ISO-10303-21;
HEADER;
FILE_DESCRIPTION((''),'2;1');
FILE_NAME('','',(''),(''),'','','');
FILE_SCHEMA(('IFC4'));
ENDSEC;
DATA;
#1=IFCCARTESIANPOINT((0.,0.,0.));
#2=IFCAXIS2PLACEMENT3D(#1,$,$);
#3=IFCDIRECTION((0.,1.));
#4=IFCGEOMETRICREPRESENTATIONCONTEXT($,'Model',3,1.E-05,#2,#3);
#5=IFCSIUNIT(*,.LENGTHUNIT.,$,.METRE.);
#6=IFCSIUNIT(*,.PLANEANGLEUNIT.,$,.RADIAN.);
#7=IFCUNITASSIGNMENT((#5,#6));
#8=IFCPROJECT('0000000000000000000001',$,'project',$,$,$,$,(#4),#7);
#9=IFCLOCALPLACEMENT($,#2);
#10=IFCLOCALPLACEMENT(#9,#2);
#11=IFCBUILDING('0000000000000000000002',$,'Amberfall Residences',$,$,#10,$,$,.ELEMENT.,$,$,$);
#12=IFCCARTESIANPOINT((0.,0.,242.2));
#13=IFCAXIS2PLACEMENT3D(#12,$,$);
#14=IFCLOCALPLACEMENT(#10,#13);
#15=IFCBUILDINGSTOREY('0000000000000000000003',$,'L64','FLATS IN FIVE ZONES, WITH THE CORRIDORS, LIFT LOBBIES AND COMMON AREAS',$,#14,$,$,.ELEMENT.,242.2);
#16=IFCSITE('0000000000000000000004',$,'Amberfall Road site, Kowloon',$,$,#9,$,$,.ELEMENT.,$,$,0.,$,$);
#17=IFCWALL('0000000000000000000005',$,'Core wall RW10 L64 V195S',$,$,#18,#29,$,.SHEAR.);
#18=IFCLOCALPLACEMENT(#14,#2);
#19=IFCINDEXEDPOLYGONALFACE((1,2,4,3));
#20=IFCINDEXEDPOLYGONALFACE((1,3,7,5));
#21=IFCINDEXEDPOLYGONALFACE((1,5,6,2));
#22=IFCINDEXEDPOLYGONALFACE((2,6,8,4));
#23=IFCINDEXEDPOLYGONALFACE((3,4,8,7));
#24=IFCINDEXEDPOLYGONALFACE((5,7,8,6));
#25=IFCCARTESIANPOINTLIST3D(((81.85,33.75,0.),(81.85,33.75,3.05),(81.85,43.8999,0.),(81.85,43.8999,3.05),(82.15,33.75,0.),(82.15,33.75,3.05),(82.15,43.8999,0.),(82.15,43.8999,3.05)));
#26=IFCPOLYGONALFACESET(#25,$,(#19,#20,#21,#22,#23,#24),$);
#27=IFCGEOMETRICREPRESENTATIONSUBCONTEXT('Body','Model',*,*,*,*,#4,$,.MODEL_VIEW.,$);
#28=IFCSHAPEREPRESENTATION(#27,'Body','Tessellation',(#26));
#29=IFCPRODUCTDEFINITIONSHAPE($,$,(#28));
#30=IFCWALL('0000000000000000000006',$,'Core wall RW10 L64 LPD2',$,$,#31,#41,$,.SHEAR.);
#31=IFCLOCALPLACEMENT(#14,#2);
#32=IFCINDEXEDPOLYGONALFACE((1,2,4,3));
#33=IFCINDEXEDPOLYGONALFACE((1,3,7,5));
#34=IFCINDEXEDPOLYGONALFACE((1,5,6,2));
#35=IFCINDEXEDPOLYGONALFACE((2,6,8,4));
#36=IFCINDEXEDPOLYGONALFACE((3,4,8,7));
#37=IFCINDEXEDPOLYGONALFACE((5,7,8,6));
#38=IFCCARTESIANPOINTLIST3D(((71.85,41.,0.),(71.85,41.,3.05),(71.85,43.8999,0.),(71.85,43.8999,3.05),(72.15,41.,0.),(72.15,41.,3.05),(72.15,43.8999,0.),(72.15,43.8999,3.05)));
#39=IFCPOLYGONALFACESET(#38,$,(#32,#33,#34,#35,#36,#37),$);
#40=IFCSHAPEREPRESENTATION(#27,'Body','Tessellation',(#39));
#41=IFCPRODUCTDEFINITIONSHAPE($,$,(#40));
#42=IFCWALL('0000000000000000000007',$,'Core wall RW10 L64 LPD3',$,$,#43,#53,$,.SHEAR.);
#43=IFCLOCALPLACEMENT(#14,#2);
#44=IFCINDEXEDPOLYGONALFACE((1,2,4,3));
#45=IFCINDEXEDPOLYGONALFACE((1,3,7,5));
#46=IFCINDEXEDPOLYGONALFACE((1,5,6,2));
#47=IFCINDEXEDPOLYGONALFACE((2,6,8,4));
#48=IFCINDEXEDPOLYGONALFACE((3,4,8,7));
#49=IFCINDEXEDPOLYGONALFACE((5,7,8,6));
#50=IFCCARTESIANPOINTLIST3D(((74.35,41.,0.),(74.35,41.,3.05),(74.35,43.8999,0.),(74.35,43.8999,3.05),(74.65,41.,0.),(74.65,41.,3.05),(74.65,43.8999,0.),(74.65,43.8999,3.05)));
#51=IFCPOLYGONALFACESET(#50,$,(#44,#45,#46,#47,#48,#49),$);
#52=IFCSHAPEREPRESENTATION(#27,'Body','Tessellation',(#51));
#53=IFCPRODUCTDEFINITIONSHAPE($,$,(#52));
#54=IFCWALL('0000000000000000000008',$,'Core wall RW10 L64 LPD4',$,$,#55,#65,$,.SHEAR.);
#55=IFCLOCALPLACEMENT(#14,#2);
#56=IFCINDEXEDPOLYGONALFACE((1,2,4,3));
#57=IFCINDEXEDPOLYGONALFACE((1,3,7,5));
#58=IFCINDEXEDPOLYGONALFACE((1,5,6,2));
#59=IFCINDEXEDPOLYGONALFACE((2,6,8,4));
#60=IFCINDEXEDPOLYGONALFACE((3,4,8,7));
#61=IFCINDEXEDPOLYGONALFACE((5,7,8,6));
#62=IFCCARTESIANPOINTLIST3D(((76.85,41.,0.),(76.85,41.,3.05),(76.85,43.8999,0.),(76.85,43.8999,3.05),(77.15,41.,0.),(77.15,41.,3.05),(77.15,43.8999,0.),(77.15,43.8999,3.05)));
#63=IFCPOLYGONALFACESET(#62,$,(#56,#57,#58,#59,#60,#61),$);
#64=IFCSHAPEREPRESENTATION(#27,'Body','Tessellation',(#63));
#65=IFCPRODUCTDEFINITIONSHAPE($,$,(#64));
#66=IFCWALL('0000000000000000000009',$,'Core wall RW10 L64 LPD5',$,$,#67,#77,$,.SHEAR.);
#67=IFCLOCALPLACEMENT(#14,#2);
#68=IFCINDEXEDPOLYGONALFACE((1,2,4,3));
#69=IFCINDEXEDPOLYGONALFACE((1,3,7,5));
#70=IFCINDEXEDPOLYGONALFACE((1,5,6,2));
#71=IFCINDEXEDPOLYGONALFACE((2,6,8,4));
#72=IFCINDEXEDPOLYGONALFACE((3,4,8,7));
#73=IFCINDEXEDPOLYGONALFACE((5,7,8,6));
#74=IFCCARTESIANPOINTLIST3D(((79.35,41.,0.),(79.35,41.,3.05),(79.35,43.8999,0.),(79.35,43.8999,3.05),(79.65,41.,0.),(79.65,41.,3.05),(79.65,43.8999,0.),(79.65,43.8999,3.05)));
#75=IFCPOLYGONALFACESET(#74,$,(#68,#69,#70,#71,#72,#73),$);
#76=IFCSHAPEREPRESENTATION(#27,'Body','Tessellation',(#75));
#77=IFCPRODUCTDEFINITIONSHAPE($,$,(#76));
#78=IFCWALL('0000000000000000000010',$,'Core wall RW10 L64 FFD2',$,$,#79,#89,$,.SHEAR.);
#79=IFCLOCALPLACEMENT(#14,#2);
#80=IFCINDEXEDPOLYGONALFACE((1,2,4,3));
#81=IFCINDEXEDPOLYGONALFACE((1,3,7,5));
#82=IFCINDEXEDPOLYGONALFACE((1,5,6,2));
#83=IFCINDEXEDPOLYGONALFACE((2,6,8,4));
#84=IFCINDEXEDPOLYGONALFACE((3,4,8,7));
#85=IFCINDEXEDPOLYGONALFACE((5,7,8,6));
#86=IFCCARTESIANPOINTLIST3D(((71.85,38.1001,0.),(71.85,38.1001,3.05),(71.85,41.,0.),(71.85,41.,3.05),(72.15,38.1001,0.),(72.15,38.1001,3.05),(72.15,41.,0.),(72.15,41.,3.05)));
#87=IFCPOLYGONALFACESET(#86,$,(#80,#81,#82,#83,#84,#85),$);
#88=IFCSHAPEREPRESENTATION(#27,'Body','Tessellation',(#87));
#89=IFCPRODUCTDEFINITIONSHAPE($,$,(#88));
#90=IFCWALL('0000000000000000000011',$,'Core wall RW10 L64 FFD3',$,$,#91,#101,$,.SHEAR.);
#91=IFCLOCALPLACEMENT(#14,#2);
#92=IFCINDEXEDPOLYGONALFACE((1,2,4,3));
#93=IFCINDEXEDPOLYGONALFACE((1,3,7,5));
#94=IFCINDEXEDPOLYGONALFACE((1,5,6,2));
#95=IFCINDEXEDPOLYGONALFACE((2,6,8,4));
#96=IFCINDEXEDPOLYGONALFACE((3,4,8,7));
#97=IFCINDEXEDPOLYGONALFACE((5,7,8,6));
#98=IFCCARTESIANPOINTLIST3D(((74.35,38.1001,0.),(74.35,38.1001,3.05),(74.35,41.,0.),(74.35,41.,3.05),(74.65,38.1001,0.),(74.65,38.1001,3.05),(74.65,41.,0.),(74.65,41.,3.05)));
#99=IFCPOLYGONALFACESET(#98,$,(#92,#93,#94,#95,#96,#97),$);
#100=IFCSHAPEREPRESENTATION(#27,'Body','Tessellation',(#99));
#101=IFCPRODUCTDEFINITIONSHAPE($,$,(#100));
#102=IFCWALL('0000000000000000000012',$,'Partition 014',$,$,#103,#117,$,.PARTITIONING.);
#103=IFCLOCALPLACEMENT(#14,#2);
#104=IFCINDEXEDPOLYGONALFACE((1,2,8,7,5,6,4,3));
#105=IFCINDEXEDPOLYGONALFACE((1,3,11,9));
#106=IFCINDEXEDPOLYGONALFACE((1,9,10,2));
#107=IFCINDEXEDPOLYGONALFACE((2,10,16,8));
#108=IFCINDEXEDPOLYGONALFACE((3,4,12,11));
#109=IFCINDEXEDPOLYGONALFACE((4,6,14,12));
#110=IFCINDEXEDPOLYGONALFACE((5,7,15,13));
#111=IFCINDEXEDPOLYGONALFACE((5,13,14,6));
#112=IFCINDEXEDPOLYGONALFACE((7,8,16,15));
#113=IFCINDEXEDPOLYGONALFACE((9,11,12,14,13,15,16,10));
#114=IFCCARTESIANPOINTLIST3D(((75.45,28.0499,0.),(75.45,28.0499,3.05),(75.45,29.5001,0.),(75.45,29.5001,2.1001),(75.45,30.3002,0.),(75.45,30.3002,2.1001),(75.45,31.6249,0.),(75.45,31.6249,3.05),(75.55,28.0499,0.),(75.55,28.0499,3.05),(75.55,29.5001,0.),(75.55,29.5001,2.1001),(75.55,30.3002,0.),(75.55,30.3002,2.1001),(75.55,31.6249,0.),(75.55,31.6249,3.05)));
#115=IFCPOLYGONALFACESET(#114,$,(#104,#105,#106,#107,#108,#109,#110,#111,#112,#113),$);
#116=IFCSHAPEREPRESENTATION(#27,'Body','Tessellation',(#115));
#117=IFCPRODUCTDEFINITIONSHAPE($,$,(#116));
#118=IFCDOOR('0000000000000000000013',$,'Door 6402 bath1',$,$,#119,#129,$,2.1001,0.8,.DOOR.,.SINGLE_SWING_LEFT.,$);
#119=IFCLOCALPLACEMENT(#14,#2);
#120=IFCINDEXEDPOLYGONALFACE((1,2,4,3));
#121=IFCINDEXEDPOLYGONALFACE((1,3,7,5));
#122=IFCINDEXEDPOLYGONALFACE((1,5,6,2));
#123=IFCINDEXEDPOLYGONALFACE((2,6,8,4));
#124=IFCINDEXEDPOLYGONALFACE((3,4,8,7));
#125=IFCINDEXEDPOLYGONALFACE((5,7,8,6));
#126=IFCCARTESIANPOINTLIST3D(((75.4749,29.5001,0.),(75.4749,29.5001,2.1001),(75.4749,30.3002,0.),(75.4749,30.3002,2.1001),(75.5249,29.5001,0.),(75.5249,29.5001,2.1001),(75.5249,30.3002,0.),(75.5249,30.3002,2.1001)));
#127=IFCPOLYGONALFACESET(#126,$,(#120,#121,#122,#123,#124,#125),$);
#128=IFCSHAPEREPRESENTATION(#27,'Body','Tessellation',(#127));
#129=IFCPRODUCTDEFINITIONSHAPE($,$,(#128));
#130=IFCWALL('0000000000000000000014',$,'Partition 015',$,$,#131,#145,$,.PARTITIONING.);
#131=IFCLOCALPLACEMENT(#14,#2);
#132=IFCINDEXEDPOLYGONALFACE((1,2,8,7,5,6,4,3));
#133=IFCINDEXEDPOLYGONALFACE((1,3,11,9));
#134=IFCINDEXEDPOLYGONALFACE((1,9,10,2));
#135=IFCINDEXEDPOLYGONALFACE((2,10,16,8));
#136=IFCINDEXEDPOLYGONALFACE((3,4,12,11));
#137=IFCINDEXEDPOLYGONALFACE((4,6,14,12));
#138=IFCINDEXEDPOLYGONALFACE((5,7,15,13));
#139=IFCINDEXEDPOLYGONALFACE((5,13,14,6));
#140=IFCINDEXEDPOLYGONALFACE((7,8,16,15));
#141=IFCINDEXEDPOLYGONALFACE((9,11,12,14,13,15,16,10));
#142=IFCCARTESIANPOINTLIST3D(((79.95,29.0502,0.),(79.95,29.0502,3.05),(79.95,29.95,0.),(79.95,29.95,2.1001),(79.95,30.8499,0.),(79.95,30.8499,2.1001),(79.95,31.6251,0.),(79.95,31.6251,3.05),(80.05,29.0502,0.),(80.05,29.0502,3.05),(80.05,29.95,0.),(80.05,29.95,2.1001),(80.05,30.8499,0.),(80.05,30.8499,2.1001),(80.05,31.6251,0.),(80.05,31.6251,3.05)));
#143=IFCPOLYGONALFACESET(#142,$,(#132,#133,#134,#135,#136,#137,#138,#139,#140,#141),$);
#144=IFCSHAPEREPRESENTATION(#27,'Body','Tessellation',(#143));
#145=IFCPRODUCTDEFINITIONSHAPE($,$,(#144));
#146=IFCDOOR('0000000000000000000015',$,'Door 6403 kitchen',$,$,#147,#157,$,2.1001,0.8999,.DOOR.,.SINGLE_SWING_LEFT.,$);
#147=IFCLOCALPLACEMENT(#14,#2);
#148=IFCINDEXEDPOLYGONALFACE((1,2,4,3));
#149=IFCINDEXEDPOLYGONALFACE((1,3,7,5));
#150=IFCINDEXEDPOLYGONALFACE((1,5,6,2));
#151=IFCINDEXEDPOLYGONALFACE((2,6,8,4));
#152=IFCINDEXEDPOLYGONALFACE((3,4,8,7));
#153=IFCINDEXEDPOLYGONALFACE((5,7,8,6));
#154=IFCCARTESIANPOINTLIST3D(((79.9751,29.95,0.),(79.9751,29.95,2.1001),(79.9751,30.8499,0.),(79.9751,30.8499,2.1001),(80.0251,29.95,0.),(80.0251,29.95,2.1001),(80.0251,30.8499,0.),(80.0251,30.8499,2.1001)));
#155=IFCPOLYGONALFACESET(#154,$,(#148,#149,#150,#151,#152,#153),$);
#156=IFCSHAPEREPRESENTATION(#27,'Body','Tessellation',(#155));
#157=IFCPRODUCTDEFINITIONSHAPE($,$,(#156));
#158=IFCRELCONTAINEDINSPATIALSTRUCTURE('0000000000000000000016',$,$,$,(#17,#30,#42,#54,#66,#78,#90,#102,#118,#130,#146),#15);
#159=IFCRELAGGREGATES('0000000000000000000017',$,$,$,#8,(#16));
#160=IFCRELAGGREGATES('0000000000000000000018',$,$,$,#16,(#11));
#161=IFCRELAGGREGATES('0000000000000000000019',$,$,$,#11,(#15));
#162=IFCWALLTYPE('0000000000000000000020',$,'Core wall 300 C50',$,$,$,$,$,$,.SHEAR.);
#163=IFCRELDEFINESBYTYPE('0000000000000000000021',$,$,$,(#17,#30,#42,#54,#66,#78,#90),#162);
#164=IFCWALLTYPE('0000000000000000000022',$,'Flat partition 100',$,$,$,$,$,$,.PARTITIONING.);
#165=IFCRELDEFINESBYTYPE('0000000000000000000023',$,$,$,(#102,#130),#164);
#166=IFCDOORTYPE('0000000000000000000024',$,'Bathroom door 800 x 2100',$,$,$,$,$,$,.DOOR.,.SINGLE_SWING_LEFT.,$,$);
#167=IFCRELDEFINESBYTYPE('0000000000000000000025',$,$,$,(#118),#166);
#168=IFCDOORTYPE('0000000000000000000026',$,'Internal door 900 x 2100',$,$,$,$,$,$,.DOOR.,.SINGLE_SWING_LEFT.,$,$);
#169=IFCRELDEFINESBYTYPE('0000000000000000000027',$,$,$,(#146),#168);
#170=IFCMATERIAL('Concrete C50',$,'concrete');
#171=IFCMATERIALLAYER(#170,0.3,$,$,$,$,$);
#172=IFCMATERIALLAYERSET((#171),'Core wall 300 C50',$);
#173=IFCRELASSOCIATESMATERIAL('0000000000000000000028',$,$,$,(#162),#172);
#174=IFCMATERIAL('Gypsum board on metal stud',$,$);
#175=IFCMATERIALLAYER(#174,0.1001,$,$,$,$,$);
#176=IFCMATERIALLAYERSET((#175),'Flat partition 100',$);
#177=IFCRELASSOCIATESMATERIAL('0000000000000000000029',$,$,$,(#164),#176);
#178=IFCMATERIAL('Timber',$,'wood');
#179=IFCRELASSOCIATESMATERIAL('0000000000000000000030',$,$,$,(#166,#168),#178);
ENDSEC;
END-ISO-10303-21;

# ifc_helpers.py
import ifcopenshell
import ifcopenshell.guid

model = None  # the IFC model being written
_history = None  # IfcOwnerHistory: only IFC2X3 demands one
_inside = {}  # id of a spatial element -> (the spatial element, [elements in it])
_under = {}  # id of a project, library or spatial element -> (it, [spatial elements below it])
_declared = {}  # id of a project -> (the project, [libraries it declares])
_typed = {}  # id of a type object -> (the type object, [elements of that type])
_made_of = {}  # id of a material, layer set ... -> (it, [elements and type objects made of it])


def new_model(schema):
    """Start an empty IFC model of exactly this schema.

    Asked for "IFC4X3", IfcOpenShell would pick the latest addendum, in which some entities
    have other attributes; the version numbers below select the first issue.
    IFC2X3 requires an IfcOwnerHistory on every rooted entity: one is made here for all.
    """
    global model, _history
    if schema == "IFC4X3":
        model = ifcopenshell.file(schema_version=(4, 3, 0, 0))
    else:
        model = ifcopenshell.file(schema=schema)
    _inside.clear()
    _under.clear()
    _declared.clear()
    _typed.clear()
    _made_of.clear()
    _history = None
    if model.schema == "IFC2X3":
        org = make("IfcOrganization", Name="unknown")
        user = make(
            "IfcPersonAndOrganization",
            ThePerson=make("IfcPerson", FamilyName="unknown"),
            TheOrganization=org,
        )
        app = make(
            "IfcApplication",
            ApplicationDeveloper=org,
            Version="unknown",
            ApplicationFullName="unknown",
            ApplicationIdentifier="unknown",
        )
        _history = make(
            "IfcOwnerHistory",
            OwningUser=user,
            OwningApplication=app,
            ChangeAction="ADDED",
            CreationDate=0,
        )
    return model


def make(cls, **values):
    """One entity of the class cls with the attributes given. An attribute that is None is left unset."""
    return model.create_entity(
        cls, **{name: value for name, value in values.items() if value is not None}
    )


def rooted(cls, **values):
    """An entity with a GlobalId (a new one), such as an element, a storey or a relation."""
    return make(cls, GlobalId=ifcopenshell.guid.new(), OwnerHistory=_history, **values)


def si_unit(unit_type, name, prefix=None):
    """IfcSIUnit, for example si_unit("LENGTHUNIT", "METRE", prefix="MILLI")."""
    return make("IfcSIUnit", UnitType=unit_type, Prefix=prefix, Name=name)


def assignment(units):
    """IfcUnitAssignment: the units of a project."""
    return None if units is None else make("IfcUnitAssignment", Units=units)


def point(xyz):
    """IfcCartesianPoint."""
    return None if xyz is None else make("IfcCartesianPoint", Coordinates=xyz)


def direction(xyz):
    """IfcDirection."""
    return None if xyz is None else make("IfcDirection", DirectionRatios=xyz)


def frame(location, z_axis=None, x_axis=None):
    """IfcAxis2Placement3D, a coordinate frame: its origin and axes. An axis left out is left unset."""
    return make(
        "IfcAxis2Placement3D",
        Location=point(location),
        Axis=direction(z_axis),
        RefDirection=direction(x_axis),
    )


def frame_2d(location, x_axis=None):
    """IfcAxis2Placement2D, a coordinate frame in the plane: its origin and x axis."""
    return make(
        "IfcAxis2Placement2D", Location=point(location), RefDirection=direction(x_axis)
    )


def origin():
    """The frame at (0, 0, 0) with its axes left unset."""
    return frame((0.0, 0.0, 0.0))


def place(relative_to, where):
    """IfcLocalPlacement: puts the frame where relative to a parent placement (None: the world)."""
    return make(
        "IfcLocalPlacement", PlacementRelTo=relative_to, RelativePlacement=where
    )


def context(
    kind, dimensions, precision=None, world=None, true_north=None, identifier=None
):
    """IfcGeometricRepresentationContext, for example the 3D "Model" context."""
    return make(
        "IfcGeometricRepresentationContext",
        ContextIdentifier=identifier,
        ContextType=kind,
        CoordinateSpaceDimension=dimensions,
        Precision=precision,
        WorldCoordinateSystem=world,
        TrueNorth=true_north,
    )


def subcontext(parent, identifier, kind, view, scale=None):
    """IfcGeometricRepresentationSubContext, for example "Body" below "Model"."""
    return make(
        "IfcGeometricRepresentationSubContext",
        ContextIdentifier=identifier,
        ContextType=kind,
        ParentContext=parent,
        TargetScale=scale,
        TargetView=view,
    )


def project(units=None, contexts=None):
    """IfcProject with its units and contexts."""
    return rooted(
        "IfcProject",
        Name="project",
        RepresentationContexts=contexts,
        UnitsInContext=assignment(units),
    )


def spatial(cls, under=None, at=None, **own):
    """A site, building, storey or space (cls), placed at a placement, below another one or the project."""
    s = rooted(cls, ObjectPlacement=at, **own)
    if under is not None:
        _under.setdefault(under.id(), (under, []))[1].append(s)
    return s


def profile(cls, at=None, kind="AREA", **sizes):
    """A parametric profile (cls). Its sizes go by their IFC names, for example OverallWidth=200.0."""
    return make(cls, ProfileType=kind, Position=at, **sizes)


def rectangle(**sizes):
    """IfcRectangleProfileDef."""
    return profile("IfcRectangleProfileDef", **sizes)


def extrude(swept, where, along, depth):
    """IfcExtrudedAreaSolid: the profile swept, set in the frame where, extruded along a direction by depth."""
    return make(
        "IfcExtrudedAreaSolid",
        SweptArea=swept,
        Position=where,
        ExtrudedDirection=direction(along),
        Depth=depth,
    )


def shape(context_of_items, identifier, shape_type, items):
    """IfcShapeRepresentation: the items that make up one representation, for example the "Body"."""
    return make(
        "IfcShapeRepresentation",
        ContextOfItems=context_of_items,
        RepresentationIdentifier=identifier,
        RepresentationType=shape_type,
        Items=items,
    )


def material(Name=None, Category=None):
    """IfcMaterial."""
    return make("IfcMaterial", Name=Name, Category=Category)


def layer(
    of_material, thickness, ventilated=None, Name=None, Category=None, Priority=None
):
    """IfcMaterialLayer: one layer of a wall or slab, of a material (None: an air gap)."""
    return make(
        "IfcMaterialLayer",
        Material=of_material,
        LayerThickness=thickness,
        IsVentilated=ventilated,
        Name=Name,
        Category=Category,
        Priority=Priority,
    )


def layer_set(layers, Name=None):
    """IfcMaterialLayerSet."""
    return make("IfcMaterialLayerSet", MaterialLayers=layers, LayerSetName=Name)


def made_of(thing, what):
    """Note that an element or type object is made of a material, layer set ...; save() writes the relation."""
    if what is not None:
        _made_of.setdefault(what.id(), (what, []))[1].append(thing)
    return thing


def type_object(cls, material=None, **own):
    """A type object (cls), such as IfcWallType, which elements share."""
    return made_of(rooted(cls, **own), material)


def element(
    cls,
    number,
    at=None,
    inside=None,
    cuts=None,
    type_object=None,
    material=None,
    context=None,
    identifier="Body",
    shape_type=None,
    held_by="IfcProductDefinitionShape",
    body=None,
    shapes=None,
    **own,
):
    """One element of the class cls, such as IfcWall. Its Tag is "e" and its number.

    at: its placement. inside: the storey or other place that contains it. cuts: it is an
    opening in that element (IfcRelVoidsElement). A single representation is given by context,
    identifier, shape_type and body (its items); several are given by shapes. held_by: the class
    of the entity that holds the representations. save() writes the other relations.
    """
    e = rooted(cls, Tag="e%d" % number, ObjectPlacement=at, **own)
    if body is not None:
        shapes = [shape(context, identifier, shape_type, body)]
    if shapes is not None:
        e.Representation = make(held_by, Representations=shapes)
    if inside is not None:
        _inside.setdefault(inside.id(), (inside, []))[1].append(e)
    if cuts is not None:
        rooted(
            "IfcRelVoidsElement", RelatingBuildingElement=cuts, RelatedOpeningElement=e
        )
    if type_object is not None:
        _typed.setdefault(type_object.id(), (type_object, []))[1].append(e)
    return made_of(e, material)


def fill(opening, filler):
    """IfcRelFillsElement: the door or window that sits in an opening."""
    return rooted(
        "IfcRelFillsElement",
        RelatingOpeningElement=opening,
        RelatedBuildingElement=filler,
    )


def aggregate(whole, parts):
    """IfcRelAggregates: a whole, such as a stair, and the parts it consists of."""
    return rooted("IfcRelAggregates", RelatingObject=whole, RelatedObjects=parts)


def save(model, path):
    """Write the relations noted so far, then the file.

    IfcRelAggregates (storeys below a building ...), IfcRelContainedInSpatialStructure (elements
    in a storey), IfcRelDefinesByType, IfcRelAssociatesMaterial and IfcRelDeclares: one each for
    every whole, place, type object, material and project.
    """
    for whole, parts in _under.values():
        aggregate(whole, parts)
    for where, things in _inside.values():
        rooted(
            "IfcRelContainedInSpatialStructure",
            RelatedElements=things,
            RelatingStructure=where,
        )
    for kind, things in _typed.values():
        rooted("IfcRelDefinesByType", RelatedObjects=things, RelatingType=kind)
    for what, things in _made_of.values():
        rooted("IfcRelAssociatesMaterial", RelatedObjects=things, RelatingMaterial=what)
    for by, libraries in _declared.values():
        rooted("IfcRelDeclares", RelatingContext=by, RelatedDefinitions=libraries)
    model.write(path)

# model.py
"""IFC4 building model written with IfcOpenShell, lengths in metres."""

from ifc_helpers import new_model, si_unit, direction, frame, frame_2d, origin, place, context, subcontext, project, spatial, rectangle, extrude, material, layer, layer_set, type_object, element, fill, save


model = new_model("IFC4")

# Units and contexts
model_context = context("Model", 3, precision=1e-05, world=origin(), true_north=direction((0.0, 1.0)))
body_context = subcontext(model_context, "Body", "Model", "MODEL_VIEW")
ifc_project = project(units=[si_unit("LENGTHUNIT", "METRE"), si_unit("PLANEANGLEUNIT", "RADIAN")], contexts=[model_context])

# Site, building, storey
site_placement = place(None, origin())
site = spatial("IfcSite", under=ifc_project, at=site_placement, Name="Amberfall Road site, Kowloon", CompositionType="ELEMENT", RefElevation=0.0)
building_placement = place(site_placement, origin())
building = spatial("IfcBuilding", under=site, at=building_placement, Name="Amberfall Residences", CompositionType="ELEMENT")
storey_placement = place(building_placement, frame((0.0, 0.0, 242.2)))
storey = spatial("IfcBuildingStorey", under=building, at=storey_placement, Name="L64", Description="FLATS IN FIVE ZONES, WITH THE CORRIDORS, LIFT LOBBIES AND COMMON AREAS", CompositionType="ELEMENT", Elevation=242.2)

# Walls
ifc_material_1 = material(Name="Concrete C50", Category="concrete")
ifc_layer_1 = layer(ifc_material_1, 0.3)
ifc_layer_set_1 = layer_set([ifc_layer_1], Name="Core wall 300 C50")
wall_type_1 = type_object("IfcWallType", Name="Core wall 300 C50", PredefinedType="SHEAR", material=ifc_layer_set_1)
wall_1_placement = place(storey_placement, frame((82.0, 33.75, 0.0), z_axis=(0.0, 0.0, 1.0), x_axis=(0.0, 1.0, 0.0)))
element("IfcWall", 1, at=wall_1_placement, inside=storey, type_object=wall_type_1, Name="Core wall RW10 L64 V195S", PredefinedType="SHEAR", context=body_context, shape_type="SweptSolid", body=[
    extrude(rectangle(XDim=10.1499, YDim=0.3, at=frame_2d((5.075, 0.0))), origin(), (0.0, 0.0, 1.0), 3.05),
])
for number, where, z_axis, x_axis, name in (
    (2, (72.0, 41.0, 0.0), (0.0, 0.0, 1.0), (0.0, 1.0, 0.0), "Core wall RW10 L64 LPD2"),
    (3, (74.5, 41.0, 0.0), (0.0, 0.0, 1.0), (0.0, 1.0, 0.0), "Core wall RW10 L64 LPD3"),
    (4, (77.0, 41.0, 0.0), (0.0, 0.0, 1.0), (0.0, 1.0, 0.0), "Core wall RW10 L64 LPD4"),
    (5, (79.5, 41.0, 0.0), (0.0, 0.0, 1.0), (0.0, 1.0, 0.0), "Core wall RW10 L64 LPD5"),
    (6, (72.0, 38.1001, 0.0), (0.0, 0.0, 1.0), (0.0, 1.0, 0.0), "Core wall RW10 L64 FFD2"),
    (7, (74.5, 38.1001, 0.0), (0.0, 0.0, 1.0), (0.0, 1.0, 0.0), "Core wall RW10 L64 FFD3"),
):
    element("IfcWall", number, at=place(storey_placement, frame(where, z_axis=z_axis, x_axis=x_axis)), inside=storey, type_object=wall_type_1, Name=name, PredefinedType="SHEAR", context=body_context, shape_type="SweptSolid", body=[
        extrude(rectangle(XDim=2.8999, YDim=0.3, at=frame_2d((1.45, 0.0))), origin(), (0.0, 0.0, 1.0), 3.05),
    ])

# Walls, openings, doors
ifc_material_2 = material(Name="Gypsum board on metal stud")
ifc_layer_2 = layer(ifc_material_2, 0.1001)
ifc_layer_set_2 = layer_set([ifc_layer_2], Name="Flat partition 100")
wall_type_2 = type_object("IfcWallType", Name="Flat partition 100", PredefinedType="PARTITIONING", material=ifc_layer_set_2)
wall_2_placement = place(storey_placement, frame((75.5, 31.625, 0.0), z_axis=(0.0, 0.0, 1.0), x_axis=(0.0, -1.0, 0.0)))
wall_2 = element("IfcWall", 8, at=wall_2_placement, inside=storey, type_object=wall_type_2, Name="Partition 014", PredefinedType="PARTITIONING", context=body_context, shape_type="SweptSolid", body=[
    extrude(rectangle(XDim=3.575, YDim=0.1001, at=frame_2d((1.7876, 0.0))), origin(), (0.0, 0.0, 1.0), 3.05),
])
opening_1_placement = place(wall_2_placement, frame((1.325, 0.0, 0.0)))
opening_1 = element("IfcOpeningElement", 9, at=opening_1_placement, cuts=wall_2, PredefinedType="OPENING", context=body_context, shape_type="SweptSolid", body=[
    extrude(rectangle(XDim=0.8, YDim=2.1001, at=frame_2d((0.3999, 1.05))), frame((0.0, 0.0601, 0.0), z_axis=(0.0, -1.0, 0.0), x_axis=(1.0, 0.0, 0.0)), (0.0, 0.0, 1.0), 0.1201),
])
ifc_material_3 = material(Name="Timber", Category="wood")
door_type_1 = type_object("IfcDoorType", Name="Bathroom door 800 x 2100", OperationType="SINGLE_SWING_LEFT", PredefinedType="DOOR", material=ifc_material_3)
door_1_placement = place(opening_1_placement, origin())
door_1 = element("IfcDoor", 10, at=door_1_placement, inside=storey, type_object=door_type_1, Name="Door 6402 bath1", OperationType="SINGLE_SWING_LEFT", OverallHeight=2.1001, OverallWidth=0.8, PredefinedType="DOOR", context=body_context, shape_type="SweptSolid", body=[
    extrude(rectangle(XDim=0.8, YDim=2.1001, at=frame_2d((0.3999, 1.05))), frame((0.0, 0.0249, 0.0), z_axis=(0.0, -1.0, 0.0), x_axis=(1.0, 0.0, 0.0)), (0.0, 0.0, 1.0), 0.05),
])
fill(opening_1, door_1)
wall_3_placement = place(storey_placement, frame((80.0, 29.05, 0.0), z_axis=(0.0, 0.0, 1.0), x_axis=(0.0, 1.0, 0.0)))
wall_3 = element("IfcWall", 11, at=wall_3_placement, inside=storey, type_object=wall_type_2, Name="Partition 015", PredefinedType="PARTITIONING", context=body_context, shape_type="SweptSolid", body=[
    extrude(rectangle(XDim=2.575, YDim=0.1001, at=frame_2d((1.2876, 0.0))), origin(), (0.0, 0.0, 1.0), 3.05),
])
opening_2_placement = place(wall_3_placement, frame((0.8999, 0.0, 0.0)))
opening_2 = element("IfcOpeningElement", 12, at=opening_2_placement, cuts=wall_3, PredefinedType="OPENING", context=body_context, shape_type="SweptSolid", body=[
    extrude(rectangle(XDim=0.8999, YDim=2.1001, at=frame_2d((0.45, 1.05))), frame((0.0, 0.0601, 0.0), z_axis=(0.0, -1.0, 0.0), x_axis=(1.0, 0.0, 0.0)), (0.0, 0.0, 1.0), 0.1201),
])
door_type_2 = type_object("IfcDoorType", Name="Internal door 900 x 2100", OperationType="SINGLE_SWING_LEFT", PredefinedType="DOOR", material=ifc_material_3)
door_2_placement = place(opening_2_placement, origin())
door_2 = element("IfcDoor", 13, at=door_2_placement, inside=storey, type_object=door_type_2, Name="Door 6403 kitchen", OperationType="SINGLE_SWING_LEFT", OverallHeight=2.1001, OverallWidth=0.8999, PredefinedType="DOOR", context=body_context, shape_type="SweptSolid", body=[
    extrude(rectangle(XDim=0.8999, YDim=2.1001, at=frame_2d((0.45, 1.05))), frame((0.0, 0.0249, 0.0), z_axis=(0.0, -1.0, 0.0), x_axis=(1.0, 0.0, 0.0)), (0.0, 0.0, 1.0), 0.05),
])
fill(opening_2, door_2)

save(model, "model.ifc")
